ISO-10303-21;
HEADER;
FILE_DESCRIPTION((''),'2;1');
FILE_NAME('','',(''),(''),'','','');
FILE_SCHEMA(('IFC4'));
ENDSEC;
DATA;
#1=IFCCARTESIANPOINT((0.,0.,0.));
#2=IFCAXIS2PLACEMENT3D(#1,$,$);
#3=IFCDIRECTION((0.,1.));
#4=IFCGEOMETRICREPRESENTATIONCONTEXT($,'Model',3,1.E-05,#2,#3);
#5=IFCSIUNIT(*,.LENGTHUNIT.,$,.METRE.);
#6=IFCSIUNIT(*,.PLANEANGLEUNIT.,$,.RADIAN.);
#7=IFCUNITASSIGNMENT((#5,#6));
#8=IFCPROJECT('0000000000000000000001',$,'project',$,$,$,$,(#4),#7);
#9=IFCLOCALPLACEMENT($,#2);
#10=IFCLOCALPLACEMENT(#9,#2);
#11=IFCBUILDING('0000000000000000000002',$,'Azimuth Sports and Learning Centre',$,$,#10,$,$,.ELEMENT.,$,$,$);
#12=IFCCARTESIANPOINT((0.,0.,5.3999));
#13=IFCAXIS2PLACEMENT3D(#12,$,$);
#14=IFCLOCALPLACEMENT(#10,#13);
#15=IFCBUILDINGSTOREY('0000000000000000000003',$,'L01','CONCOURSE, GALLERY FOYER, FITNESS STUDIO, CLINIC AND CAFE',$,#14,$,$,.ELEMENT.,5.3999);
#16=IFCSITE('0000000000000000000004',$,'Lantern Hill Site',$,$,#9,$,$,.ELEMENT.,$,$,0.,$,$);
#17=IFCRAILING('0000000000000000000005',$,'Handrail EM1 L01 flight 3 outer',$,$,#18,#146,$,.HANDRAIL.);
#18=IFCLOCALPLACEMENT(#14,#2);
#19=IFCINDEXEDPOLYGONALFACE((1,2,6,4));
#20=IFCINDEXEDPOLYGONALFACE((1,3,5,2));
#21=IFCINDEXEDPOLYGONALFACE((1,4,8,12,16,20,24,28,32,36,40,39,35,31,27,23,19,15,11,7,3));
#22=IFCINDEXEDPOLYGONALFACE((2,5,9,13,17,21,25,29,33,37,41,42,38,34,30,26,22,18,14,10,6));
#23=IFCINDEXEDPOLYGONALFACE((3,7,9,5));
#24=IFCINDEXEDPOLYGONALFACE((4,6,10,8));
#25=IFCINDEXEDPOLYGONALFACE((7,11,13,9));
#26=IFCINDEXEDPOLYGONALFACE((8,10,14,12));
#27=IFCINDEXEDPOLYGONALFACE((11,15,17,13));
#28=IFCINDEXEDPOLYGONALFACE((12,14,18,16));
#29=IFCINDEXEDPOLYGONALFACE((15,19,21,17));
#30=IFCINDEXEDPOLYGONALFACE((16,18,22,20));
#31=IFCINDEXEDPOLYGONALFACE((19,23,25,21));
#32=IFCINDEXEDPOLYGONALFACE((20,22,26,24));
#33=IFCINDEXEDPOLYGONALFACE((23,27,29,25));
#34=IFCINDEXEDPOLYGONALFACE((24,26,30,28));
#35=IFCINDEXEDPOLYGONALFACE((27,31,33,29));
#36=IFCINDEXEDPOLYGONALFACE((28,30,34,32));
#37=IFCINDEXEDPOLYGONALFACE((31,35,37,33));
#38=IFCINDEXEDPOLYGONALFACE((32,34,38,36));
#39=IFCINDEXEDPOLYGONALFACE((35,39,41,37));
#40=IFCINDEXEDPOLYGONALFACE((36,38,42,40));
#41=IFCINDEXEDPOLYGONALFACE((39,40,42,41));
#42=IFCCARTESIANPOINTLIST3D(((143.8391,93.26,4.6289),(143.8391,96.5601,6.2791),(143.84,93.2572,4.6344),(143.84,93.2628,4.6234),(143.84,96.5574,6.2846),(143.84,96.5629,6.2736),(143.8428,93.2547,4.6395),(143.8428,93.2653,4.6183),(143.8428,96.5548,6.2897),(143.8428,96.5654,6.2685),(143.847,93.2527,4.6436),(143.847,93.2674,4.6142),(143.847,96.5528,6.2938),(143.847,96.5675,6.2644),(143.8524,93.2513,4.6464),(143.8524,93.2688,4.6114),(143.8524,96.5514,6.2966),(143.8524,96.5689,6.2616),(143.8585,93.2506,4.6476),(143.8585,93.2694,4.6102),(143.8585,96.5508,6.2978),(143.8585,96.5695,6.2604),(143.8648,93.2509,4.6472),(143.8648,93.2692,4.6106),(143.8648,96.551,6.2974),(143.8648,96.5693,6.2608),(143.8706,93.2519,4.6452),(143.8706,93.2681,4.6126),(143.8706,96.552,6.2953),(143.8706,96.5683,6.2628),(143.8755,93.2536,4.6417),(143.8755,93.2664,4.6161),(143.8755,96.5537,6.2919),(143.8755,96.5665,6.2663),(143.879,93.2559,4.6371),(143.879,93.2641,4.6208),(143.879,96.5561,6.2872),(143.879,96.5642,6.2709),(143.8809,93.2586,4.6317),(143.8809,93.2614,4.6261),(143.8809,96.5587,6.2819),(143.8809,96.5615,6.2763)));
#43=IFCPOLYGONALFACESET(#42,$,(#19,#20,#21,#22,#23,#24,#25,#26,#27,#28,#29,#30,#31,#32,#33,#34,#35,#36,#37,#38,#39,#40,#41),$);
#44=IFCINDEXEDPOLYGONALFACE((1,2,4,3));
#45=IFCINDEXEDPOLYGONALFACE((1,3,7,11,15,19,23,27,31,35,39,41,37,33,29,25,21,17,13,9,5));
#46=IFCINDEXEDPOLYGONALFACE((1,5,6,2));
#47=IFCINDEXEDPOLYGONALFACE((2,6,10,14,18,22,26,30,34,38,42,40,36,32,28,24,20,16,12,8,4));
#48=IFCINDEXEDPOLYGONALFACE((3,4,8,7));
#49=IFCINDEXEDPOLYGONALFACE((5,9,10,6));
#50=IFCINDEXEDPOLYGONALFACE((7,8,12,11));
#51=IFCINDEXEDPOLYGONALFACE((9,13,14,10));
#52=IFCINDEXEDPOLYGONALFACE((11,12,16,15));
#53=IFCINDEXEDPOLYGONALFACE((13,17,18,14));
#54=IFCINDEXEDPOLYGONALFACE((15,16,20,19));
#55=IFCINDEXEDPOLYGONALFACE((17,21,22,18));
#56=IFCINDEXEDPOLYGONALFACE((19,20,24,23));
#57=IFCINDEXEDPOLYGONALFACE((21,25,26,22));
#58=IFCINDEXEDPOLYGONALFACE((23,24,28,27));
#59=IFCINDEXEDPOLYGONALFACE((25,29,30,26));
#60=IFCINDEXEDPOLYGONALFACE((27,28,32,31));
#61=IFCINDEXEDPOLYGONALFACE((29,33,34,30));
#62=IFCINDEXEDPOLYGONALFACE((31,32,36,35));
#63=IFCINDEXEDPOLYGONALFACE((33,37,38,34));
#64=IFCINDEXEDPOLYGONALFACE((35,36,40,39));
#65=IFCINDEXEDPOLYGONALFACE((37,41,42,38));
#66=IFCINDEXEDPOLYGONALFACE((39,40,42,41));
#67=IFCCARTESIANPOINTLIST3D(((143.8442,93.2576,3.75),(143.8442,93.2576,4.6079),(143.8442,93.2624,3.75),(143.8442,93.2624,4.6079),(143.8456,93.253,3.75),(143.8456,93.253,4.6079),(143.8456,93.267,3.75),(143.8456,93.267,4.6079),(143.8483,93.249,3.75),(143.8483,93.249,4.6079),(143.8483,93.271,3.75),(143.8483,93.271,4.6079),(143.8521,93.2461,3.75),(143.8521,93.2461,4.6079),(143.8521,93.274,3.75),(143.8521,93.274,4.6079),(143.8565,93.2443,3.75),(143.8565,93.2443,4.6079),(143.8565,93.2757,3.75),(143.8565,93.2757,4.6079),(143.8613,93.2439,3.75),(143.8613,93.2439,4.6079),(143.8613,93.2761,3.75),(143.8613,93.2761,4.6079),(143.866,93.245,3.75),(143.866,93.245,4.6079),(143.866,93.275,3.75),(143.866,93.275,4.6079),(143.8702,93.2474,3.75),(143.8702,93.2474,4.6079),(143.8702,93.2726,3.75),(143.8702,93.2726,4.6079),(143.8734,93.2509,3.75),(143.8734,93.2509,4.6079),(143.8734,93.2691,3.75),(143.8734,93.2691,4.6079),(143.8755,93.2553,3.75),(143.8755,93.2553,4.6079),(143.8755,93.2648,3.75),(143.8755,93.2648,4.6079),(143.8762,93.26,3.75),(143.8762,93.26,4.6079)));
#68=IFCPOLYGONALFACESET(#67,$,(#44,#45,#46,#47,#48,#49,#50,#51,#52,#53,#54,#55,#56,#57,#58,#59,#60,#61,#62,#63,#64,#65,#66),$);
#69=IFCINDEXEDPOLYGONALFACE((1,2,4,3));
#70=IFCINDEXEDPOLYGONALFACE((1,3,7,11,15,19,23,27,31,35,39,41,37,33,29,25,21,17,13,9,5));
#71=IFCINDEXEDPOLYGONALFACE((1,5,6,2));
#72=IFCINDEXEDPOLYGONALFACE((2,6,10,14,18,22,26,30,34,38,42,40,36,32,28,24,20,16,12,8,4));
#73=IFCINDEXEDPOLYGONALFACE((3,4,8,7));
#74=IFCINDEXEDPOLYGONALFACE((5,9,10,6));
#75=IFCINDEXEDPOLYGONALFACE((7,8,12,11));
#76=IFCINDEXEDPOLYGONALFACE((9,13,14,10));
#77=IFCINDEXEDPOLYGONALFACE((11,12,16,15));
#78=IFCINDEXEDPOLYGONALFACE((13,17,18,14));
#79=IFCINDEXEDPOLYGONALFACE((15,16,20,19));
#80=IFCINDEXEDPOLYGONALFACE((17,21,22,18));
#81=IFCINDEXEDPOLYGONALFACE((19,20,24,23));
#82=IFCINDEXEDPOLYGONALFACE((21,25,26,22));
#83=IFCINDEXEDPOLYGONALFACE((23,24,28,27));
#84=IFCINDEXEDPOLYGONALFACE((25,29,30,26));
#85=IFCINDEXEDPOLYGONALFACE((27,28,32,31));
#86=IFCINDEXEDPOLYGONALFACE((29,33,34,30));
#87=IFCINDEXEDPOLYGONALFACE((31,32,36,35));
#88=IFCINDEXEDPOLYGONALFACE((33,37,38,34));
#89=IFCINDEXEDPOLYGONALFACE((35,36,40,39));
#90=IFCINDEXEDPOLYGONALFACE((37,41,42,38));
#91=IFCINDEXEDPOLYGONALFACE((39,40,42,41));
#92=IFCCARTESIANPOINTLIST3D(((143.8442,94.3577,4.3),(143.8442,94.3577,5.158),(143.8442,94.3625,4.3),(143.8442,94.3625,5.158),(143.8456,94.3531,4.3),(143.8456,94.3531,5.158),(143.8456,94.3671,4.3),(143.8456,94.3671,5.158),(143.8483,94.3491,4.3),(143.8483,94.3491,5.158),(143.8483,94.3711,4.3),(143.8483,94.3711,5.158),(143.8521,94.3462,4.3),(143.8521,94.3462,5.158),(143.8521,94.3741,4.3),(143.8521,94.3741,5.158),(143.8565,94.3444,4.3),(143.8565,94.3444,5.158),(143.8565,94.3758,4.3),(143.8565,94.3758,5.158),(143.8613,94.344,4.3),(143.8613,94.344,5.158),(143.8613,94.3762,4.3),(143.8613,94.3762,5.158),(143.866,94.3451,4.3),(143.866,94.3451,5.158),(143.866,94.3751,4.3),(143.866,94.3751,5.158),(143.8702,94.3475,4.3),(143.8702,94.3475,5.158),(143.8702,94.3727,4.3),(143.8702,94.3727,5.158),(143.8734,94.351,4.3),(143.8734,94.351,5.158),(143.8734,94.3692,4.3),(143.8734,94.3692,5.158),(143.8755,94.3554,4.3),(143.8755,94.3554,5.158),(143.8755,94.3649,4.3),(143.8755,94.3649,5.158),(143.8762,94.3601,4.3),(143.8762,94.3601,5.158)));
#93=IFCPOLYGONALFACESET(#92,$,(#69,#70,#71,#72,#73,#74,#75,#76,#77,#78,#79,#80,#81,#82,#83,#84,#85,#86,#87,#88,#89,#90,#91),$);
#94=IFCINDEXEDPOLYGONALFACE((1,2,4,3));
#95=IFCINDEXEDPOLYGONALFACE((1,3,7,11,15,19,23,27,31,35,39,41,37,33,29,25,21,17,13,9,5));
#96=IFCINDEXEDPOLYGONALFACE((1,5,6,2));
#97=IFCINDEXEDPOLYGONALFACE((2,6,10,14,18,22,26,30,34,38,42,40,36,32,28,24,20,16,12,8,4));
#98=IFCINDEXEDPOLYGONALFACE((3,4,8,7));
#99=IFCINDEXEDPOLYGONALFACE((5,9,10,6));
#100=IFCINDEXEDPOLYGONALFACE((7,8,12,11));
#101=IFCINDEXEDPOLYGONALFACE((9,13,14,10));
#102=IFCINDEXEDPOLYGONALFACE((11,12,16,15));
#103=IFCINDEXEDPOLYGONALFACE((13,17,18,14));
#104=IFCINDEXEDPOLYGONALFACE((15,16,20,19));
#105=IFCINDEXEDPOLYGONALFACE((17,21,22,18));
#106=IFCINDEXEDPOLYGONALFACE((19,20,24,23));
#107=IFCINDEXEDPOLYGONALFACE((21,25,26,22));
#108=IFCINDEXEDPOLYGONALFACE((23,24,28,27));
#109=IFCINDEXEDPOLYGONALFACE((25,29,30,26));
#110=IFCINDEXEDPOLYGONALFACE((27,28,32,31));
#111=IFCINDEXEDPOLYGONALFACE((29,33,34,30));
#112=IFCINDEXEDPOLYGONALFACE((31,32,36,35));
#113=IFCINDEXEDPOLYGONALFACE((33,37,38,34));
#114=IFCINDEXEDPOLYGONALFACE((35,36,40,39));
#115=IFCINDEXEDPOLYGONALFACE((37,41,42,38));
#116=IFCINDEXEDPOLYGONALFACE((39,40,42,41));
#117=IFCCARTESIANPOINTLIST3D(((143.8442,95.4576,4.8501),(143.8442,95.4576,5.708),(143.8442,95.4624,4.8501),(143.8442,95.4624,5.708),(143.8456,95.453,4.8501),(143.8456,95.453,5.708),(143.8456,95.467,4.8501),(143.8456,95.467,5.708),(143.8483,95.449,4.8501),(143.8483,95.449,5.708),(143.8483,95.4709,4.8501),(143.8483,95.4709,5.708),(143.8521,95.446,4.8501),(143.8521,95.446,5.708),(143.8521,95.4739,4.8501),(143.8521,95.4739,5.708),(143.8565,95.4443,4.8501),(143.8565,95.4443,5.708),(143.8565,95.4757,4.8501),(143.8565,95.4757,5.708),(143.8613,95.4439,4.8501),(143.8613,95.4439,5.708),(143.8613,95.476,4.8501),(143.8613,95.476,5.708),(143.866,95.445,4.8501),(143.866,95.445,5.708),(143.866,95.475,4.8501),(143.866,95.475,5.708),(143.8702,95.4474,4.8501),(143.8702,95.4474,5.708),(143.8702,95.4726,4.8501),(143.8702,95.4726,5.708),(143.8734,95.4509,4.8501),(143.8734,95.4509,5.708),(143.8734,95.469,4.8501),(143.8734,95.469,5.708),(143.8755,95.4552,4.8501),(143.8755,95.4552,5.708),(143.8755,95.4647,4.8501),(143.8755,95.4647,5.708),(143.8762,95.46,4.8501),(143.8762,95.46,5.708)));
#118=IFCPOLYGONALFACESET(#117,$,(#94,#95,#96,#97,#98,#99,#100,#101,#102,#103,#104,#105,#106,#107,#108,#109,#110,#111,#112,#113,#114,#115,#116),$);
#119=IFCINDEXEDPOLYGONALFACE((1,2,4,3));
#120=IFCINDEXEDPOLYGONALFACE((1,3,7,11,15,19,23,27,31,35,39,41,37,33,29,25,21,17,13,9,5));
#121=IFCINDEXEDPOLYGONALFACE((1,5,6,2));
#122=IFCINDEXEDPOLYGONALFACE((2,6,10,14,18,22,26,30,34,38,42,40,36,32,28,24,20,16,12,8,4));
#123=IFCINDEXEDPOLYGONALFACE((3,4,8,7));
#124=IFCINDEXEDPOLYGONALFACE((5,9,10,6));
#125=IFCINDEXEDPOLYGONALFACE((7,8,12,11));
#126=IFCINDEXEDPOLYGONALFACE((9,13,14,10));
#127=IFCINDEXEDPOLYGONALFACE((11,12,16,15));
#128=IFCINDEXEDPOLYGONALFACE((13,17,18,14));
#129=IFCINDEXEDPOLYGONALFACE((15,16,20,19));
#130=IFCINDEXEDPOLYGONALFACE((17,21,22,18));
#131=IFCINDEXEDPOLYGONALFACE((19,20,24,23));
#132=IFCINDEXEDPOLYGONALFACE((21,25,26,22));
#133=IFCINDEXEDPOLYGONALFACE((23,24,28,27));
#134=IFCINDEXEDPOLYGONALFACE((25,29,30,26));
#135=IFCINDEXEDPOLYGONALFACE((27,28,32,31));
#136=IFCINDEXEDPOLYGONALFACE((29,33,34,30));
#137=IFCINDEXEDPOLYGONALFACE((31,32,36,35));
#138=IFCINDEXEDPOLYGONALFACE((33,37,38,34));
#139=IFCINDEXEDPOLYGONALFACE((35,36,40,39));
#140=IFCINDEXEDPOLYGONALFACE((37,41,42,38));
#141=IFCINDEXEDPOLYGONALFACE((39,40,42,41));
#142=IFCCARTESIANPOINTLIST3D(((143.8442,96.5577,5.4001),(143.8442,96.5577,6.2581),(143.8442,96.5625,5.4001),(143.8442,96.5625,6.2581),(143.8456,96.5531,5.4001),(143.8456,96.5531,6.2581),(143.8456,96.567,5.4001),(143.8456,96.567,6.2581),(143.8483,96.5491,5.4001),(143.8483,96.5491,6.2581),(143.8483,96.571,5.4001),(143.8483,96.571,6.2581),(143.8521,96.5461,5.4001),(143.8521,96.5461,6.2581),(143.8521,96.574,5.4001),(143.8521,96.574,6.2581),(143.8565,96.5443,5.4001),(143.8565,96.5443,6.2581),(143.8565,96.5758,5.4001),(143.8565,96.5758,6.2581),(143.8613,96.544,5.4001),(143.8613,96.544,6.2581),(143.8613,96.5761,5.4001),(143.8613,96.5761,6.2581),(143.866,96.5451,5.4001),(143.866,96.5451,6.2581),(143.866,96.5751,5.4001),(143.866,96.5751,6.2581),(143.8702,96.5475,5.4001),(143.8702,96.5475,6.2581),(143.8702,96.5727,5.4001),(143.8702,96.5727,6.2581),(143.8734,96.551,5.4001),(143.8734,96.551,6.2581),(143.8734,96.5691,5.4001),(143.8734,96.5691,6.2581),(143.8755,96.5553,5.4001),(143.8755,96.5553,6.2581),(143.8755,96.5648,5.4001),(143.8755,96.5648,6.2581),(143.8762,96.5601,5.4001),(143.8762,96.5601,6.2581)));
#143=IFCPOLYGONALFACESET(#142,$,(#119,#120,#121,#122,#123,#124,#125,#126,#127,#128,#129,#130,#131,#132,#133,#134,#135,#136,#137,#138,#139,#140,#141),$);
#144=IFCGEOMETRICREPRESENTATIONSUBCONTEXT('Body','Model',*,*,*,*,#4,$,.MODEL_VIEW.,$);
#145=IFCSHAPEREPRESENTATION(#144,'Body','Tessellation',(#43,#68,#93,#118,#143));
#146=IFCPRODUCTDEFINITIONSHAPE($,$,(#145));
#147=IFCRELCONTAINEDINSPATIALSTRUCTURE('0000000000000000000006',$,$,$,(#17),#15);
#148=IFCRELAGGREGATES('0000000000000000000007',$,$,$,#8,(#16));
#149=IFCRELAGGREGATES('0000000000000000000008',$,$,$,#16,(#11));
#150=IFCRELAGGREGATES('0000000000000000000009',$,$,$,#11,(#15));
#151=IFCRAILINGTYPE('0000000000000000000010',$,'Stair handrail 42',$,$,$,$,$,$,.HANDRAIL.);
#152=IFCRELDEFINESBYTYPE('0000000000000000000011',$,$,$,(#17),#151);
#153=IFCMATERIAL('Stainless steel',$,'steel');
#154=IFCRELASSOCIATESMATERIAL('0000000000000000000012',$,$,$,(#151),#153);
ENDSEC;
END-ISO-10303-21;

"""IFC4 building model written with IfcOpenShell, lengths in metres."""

from ifc_helpers import new_model, si_unit, direction, frame, origin, origin_2d, place, context, subcontext, project, spatial, circle, extrude, material, type_object, element, save


model = new_model("IFC4")

# Units and contexts
model_context = context("Model", 3, precision=1e-05, world=origin(), true_north=direction((0.0, 1.0)))
body_context = subcontext(model_context, "Body", "Model", "MODEL_VIEW")
ifc_project = project(units=[si_unit("LENGTHUNIT", "METRE"), si_unit("PLANEANGLEUNIT", "RADIAN")], contexts=[model_context])

# Site, building, storey
site_placement = place(None, origin())
site = spatial("IfcSite", under=ifc_project, at=site_placement, Name="Lantern Hill Site", CompositionType="ELEMENT", RefElevation=0.0)
building_placement = place(site_placement, origin())
building = spatial("IfcBuilding", under=site, at=building_placement, Name="Azimuth Sports and Learning Centre", CompositionType="ELEMENT")
storey_placement = place(building_placement, frame((0.0, 0.0, 5.3999)))
storey = spatial("IfcBuildingStorey", under=building, at=storey_placement, Name="L01", Description="CONCOURSE, GALLERY FOYER, FITNESS STUDIO, CLINIC AND CAFE", CompositionType="ELEMENT", Elevation=5.3999)

# Railing
ifc_material_1 = material(Name="Stainless steel", Category="steel")
railing_type_1 = type_object("IfcRailingType", Name="Stair handrail 42", PredefinedType="HANDRAIL", material=ifc_material_1)
for number, where, name in (
    (1, (143.8601, 93.26, 3.75), "Handrail EM1 L01 flight 3 outer"),
):
    element("IfcRailing", number, at=place(storey_placement, frame(where)), inside=storey, type_object=railing_type_1, Name=name, PredefinedType="HANDRAIL", context=body_context, shape_type="SweptSolid", body=[
        extrude(circle(Radius=0.021, at=origin_2d()), frame((0.0, 0.0, 0.8789), z_axis=(0.0, 0.894414, 0.44724), x_axis=(-1.0, 0.0, 0.0)), (0.0, 0.0, 1.0), 3.6897),
        extrude(circle(Radius=0.0161, at=origin_2d()), origin(), (0.0, 0.0, 1.0), 0.8579),
        extrude(circle(Radius=0.0161, at=origin_2d()), frame((0.0, 1.1001, 0.55)), (0.0, 0.0, 1.0), 0.8579),
        extrude(circle(Radius=0.0161, at=origin_2d()), frame((0.0, 2.2, 1.1001)), (0.0, 0.0, 1.0), 0.8579),
        extrude(circle(Radius=0.0161, at=origin_2d()), frame((0.0, 3.3, 1.6501)), (0.0, 0.0, 1.0), 0.8579),
    ])

save(model, "model.ifc")
